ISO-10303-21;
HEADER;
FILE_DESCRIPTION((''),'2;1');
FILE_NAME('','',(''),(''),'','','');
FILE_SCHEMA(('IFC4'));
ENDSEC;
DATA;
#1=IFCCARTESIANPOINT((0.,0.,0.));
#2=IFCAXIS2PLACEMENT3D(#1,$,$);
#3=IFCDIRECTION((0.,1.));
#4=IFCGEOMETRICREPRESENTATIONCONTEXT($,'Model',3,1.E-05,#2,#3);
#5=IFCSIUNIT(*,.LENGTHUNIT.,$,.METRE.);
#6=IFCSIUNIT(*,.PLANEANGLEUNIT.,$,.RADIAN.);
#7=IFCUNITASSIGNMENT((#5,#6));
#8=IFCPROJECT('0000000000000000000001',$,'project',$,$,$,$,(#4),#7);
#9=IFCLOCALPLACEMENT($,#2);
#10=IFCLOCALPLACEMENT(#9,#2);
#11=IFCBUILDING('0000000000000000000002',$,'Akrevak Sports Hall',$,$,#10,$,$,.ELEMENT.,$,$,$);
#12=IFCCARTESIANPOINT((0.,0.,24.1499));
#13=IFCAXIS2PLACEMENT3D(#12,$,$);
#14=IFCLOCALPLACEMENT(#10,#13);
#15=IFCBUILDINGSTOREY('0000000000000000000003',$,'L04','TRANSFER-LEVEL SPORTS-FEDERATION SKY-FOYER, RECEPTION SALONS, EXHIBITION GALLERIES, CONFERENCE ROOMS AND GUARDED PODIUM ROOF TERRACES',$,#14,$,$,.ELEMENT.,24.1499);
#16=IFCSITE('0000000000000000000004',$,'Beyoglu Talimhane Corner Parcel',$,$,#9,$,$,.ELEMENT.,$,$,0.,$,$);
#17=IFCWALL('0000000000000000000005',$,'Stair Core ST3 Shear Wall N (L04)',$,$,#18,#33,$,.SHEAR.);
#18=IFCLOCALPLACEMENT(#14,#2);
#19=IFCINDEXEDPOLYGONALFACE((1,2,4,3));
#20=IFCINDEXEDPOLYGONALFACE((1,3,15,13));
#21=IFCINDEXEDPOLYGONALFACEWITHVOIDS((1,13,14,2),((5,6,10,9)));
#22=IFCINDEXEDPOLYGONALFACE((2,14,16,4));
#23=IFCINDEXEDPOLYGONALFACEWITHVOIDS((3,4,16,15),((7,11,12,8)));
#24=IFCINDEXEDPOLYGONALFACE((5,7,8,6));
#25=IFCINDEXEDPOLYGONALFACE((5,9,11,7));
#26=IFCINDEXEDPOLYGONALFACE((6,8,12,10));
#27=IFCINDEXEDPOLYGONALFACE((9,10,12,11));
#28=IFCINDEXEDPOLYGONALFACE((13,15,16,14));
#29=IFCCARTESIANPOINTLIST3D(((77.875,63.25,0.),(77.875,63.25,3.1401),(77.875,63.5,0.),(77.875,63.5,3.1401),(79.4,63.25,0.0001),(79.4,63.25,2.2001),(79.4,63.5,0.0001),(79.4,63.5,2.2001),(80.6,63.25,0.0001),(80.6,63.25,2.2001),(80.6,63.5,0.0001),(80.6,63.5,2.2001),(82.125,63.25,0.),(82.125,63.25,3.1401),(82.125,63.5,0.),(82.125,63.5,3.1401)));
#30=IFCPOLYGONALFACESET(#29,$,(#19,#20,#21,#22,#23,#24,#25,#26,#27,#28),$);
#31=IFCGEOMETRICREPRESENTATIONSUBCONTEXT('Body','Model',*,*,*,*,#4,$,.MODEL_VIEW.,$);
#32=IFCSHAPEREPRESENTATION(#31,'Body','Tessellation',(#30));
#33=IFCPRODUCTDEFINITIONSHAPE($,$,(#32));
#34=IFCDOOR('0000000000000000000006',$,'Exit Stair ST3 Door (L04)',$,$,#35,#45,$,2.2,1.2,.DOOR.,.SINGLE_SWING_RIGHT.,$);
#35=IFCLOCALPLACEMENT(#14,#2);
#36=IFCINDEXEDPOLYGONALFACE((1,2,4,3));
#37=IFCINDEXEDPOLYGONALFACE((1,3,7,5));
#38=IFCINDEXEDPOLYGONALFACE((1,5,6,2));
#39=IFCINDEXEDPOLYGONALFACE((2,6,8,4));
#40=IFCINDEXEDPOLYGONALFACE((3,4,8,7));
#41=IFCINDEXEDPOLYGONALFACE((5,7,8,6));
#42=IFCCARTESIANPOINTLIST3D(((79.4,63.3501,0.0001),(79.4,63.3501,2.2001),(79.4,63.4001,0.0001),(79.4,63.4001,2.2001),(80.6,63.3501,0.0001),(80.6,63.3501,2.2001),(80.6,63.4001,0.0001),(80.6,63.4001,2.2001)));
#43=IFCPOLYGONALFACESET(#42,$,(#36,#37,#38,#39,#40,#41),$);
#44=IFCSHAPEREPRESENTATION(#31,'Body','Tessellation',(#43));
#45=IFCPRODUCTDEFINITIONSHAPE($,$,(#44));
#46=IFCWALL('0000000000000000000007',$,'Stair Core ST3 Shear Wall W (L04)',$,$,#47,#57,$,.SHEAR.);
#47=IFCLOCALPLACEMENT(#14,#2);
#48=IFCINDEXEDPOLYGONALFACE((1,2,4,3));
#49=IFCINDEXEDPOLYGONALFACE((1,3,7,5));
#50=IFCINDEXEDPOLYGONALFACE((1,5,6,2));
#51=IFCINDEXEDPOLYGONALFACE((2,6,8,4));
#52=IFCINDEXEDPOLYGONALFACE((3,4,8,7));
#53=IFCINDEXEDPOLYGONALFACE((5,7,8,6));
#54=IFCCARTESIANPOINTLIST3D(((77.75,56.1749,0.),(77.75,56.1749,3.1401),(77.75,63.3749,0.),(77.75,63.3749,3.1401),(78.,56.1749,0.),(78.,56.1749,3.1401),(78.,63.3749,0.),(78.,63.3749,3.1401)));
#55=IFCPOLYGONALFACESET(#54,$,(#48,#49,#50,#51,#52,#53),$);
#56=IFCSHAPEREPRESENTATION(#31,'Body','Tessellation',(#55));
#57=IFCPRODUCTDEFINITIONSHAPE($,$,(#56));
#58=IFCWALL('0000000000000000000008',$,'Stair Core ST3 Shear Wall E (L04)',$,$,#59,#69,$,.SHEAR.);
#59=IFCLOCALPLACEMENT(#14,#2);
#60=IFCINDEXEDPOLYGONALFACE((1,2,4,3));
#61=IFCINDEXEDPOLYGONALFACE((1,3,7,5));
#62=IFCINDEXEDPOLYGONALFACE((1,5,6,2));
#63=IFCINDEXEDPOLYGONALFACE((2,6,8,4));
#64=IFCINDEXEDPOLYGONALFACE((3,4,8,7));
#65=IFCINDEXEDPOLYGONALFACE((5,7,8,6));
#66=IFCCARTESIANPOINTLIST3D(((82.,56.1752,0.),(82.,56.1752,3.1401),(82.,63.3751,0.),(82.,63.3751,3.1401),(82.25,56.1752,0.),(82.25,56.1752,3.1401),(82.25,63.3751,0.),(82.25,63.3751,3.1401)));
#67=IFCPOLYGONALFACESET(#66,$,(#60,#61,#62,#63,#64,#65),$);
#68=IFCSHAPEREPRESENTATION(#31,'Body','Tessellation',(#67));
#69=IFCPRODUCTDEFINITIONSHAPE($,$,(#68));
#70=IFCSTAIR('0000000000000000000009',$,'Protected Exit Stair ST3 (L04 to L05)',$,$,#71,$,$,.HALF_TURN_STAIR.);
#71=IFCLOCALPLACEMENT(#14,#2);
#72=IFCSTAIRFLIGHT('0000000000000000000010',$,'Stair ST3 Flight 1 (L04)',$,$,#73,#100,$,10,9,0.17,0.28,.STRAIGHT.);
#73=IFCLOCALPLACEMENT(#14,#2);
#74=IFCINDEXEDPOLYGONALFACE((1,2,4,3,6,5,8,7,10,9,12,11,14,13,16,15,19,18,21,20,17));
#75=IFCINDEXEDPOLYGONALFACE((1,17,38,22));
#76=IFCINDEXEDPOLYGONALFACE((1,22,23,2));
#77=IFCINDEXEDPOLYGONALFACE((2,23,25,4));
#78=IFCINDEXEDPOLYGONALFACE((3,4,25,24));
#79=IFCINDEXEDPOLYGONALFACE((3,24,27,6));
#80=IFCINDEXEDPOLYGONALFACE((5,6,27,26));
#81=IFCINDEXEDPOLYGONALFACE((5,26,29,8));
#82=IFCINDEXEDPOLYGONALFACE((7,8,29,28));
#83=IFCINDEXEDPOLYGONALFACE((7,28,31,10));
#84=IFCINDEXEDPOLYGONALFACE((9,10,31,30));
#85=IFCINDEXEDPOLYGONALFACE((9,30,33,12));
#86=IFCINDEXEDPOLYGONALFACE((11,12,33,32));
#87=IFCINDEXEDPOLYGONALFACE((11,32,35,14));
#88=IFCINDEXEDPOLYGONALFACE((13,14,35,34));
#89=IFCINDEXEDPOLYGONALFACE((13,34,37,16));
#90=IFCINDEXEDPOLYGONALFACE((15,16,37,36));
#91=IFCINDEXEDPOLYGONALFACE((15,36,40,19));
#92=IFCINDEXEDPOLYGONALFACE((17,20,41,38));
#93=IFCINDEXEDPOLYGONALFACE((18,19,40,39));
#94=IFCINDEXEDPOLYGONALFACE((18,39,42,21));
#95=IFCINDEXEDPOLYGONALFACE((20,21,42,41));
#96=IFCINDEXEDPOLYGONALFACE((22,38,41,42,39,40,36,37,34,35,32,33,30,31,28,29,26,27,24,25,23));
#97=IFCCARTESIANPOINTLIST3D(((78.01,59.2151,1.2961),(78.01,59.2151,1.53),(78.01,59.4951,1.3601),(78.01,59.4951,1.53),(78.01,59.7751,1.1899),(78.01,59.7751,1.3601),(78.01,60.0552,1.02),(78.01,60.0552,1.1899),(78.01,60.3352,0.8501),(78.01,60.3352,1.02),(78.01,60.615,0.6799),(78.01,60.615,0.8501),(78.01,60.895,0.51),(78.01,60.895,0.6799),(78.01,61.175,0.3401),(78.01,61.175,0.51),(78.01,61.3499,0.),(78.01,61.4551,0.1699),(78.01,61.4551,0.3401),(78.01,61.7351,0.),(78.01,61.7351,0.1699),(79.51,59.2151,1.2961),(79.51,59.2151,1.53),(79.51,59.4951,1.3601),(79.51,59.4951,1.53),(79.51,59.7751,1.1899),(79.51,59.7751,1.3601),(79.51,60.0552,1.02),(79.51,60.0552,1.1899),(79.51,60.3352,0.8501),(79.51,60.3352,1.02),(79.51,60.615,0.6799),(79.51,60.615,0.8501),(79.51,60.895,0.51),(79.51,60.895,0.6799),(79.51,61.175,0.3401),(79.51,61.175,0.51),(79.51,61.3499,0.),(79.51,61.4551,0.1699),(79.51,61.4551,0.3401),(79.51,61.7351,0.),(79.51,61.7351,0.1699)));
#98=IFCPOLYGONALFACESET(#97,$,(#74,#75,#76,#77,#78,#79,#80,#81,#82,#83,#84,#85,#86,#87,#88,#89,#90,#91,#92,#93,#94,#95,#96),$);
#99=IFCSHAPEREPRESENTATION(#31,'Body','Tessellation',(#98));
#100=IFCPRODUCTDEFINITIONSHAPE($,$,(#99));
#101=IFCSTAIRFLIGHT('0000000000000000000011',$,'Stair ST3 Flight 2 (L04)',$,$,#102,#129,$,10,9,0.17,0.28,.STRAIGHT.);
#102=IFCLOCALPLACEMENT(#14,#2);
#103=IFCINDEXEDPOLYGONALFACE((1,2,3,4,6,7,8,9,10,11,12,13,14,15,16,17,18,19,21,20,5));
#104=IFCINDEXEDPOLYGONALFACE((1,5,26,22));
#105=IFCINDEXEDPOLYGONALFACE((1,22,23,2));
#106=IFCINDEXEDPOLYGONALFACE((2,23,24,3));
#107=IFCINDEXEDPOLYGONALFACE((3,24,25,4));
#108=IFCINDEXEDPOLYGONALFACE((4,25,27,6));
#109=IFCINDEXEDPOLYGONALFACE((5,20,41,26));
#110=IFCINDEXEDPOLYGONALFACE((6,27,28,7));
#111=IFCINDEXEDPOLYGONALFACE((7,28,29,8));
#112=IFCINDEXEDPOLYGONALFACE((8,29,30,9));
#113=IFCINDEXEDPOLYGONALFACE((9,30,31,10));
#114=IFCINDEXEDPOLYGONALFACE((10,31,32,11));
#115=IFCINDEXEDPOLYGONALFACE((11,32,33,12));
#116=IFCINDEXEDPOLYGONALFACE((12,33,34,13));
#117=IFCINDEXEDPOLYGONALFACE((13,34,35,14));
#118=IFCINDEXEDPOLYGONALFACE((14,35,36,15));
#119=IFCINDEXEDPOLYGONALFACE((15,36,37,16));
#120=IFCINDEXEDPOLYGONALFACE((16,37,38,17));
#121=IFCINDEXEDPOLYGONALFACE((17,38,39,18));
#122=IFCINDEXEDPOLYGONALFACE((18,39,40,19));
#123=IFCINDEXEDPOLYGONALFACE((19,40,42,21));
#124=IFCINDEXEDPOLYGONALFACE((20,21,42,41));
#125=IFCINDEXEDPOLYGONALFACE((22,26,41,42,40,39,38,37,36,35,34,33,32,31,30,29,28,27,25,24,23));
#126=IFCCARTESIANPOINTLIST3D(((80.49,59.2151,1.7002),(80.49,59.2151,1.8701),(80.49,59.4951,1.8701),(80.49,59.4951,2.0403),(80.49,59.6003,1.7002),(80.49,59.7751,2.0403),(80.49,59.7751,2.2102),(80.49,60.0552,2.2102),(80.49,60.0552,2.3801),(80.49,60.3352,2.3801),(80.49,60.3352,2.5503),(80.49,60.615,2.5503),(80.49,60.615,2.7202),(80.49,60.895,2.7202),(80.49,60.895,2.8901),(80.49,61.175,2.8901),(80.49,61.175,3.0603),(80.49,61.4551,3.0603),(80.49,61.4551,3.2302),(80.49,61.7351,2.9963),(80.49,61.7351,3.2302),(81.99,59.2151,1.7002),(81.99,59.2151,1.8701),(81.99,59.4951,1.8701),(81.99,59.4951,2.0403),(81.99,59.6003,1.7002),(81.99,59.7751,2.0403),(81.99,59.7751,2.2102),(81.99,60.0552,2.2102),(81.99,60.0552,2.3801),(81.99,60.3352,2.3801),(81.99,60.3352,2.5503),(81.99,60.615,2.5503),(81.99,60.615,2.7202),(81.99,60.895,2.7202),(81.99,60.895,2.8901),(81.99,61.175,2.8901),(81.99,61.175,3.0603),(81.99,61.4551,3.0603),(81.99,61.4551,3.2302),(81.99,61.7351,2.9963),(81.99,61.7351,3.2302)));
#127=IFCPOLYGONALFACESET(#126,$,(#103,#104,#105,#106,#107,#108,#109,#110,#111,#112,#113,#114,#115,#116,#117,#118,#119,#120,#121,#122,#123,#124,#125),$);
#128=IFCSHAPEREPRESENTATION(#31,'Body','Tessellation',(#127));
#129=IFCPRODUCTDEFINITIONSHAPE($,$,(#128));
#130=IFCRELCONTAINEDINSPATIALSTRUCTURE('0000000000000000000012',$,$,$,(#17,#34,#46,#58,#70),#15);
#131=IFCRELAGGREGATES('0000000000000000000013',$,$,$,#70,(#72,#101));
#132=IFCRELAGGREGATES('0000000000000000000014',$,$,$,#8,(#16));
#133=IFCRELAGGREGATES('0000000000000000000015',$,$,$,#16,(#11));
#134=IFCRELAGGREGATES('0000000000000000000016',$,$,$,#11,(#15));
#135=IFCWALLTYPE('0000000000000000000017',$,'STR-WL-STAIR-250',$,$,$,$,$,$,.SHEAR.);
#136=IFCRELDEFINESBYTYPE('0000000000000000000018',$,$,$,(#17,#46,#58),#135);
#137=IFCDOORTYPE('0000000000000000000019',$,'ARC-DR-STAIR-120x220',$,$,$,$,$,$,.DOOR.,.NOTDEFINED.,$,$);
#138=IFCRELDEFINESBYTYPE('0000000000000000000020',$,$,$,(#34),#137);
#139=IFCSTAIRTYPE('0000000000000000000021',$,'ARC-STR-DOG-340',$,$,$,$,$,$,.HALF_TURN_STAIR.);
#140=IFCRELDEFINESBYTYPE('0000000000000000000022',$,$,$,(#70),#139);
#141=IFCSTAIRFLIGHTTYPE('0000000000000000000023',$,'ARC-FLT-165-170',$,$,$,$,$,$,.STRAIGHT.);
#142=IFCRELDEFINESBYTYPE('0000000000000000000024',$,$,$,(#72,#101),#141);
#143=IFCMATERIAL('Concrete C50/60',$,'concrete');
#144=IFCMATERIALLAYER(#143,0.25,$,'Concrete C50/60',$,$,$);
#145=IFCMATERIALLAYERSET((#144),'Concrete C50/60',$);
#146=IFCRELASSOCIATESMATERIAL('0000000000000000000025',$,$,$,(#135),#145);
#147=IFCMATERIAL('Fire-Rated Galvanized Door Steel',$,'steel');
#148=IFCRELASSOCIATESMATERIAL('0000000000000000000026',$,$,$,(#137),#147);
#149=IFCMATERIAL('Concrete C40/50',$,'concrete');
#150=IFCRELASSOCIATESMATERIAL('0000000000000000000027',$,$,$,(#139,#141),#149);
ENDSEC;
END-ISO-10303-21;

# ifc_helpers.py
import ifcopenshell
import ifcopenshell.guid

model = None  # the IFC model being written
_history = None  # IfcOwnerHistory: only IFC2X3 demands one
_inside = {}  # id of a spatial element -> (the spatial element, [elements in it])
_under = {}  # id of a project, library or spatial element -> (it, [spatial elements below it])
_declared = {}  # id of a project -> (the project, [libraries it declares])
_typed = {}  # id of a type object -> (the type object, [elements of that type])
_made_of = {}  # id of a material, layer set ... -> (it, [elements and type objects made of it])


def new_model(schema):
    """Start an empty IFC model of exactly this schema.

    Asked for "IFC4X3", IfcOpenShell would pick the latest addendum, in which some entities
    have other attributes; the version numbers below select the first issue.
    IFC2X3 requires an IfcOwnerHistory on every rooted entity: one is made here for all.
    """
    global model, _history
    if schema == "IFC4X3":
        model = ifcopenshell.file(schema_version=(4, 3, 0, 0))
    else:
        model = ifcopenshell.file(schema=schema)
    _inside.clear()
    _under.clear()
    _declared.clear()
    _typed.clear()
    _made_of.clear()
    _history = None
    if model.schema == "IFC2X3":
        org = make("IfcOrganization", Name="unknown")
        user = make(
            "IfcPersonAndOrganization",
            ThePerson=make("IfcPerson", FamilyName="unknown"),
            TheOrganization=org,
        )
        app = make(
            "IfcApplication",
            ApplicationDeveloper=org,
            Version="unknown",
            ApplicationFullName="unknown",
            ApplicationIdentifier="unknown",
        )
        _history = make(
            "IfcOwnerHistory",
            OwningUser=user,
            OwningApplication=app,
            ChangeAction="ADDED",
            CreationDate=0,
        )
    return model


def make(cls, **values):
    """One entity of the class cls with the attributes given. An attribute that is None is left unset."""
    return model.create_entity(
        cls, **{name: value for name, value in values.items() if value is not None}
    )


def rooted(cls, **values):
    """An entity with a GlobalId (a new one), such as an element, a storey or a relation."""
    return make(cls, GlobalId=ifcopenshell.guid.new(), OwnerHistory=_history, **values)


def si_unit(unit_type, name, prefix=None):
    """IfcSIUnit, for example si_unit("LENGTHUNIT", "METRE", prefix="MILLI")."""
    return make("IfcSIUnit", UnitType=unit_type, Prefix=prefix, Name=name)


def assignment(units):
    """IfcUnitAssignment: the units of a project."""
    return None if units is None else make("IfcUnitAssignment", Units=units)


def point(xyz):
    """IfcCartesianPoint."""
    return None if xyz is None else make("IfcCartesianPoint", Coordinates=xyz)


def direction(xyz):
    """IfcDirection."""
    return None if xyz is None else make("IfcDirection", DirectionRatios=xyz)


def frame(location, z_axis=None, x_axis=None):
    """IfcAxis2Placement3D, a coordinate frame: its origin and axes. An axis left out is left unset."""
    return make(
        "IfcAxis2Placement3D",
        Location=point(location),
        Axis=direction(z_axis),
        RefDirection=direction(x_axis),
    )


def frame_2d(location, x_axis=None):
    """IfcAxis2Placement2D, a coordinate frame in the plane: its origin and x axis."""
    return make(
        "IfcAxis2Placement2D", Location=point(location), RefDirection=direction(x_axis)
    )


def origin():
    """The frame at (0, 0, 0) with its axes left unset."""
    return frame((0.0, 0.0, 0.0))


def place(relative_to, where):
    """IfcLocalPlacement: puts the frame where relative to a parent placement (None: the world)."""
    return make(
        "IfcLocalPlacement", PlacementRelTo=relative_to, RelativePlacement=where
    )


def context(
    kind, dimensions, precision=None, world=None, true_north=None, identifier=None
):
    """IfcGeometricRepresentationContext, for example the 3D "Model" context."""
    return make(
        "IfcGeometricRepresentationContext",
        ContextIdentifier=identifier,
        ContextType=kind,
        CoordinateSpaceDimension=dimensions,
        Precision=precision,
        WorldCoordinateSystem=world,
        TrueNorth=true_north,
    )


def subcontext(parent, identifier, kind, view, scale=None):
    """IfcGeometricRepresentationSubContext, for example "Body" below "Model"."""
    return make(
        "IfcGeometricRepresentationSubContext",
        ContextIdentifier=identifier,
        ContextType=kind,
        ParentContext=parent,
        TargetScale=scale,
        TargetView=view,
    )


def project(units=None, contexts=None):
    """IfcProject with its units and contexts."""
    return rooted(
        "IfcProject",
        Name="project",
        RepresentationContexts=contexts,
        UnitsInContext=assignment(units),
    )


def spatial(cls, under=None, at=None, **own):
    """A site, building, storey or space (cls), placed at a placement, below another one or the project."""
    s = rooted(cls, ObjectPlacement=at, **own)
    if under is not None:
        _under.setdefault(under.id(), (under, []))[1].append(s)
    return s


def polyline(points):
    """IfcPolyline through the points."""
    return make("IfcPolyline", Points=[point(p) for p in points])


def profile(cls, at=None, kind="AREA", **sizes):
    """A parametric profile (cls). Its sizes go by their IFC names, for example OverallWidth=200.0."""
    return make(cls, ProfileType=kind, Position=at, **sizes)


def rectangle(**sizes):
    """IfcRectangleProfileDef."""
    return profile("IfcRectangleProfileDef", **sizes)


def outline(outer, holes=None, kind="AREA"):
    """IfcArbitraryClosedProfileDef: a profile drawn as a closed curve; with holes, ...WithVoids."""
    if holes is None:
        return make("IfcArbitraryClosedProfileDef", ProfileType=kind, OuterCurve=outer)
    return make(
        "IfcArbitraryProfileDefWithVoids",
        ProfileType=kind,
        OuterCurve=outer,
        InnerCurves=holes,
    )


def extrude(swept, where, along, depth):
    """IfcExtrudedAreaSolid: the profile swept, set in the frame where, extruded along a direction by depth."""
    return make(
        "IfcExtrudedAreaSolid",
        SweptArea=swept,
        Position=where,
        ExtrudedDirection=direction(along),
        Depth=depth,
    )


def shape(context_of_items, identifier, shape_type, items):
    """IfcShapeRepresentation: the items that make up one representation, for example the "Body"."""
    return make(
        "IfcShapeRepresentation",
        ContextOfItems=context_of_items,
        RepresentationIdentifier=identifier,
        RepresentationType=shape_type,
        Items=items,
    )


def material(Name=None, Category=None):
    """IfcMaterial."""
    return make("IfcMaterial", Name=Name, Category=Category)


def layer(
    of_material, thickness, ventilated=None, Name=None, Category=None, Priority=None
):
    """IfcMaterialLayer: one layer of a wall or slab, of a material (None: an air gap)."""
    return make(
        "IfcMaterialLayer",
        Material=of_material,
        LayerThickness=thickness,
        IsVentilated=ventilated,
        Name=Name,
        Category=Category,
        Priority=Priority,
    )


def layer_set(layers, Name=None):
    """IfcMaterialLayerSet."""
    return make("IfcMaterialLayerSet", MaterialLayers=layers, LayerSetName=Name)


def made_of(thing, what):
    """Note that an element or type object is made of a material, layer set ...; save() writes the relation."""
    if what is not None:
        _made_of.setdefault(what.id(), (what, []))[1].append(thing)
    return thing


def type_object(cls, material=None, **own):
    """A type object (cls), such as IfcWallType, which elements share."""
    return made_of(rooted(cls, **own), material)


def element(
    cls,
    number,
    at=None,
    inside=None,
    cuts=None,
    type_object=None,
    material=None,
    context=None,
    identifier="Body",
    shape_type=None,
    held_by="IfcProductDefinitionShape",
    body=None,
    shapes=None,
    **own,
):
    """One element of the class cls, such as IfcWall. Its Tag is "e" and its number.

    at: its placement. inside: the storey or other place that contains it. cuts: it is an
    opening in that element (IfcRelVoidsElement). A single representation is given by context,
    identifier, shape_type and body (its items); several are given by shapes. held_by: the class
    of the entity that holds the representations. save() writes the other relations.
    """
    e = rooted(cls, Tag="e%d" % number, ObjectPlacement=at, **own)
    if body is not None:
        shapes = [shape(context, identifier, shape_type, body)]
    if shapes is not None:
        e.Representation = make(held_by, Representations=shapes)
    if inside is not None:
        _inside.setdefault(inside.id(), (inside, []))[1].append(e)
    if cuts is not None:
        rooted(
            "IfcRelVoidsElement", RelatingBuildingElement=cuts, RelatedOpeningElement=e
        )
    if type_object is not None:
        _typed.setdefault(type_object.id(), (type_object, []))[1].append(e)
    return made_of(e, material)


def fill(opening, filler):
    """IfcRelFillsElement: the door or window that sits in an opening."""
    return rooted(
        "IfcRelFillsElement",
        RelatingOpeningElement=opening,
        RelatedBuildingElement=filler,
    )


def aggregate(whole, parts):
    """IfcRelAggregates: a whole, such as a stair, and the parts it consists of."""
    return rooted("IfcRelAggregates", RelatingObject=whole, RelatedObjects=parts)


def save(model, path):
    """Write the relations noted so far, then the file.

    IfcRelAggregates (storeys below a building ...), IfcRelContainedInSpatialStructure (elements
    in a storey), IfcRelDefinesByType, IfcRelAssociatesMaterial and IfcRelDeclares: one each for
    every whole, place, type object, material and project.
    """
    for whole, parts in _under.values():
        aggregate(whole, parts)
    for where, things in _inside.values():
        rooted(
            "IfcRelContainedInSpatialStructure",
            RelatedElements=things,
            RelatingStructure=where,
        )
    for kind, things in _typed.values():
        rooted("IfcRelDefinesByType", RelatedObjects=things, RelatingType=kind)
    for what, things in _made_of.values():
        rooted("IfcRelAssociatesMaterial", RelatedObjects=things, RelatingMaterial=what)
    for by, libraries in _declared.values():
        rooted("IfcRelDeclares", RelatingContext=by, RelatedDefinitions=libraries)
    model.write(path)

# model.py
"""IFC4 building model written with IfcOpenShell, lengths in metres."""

from ifc_helpers import new_model, si_unit, direction, frame, frame_2d, origin, place, context, subcontext, project, spatial, polyline, rectangle, outline, extrude, material, layer, layer_set, type_object, element, fill, aggregate, save


model = new_model("IFC4")

# Units and contexts
model_context = context("Model", 3, precision=1e-05, world=origin(), true_north=direction((0.0, 1.0)))
body_context = subcontext(model_context, "Body", "Model", "MODEL_VIEW")
ifc_project = project(units=[si_unit("LENGTHUNIT", "METRE"), si_unit("PLANEANGLEUNIT", "RADIAN")], contexts=[model_context])

# Site, building, storey
site_placement = place(None, origin())
site = spatial("IfcSite", under=ifc_project, at=site_placement, Name="Beyoglu Talimhane Corner Parcel", CompositionType="ELEMENT", RefElevation=0.0)
building_placement = place(site_placement, origin())
building = spatial("IfcBuilding", under=site, at=building_placement, Name="Akrevak Sports Hall", CompositionType="ELEMENT")
storey_placement = place(building_placement, frame((0.0, 0.0, 24.1499)))
storey = spatial("IfcBuildingStorey", under=building, at=storey_placement, Name="L04", Description="TRANSFER-LEVEL SPORTS-FEDERATION SKY-FOYER, RECEPTION SALONS, EXHIBITION GALLERIES, CONFERENCE ROOMS AND GUARDED PODIUM ROOF TERRACES", CompositionType="ELEMENT", Elevation=24.1499)

# Shared definitions
ifc_material_1 = material(Name="Concrete C50/60", Category="concrete")
ifc_material_2 = material(Name="Concrete C40/50", Category="concrete")

# Shared definitions
ifc_layer_1 = layer(ifc_material_1, 0.25, Name="Concrete C50/60")
ifc_layer_set_1 = layer_set([ifc_layer_1], Name="Concrete C50/60")
wall_type_1 = type_object("IfcWallType", Name="STR-WL-STAIR-250", PredefinedType="SHEAR", material=ifc_layer_set_1)

# Wall, opening, door
wall_1_placement = place(storey_placement, frame((82.125, 63.375, 0.0), z_axis=(0.0, 0.0, 1.0), x_axis=(-1.0, 0.0, 0.0)))
wall_1 = element("IfcWall", 1, at=wall_1_placement, inside=storey, type_object=wall_type_1, Name="Stair Core ST3 Shear Wall N (L04)", PredefinedType="SHEAR", context=body_context, shape_type="SweptSolid", body=[
    extrude(rectangle(XDim=4.25, YDim=0.25, at=frame_2d((2.125, 0.0))), origin(), (0.0, 0.0, 1.0), 3.1401),
])
opening_placement = place(wall_1_placement, frame((1.5249, 0.0, 0.0)))
opening = element("IfcOpeningElement", 2, at=opening_placement, cuts=wall_1, PredefinedType="OPENING", context=body_context, shape_type="SweptSolid", body=[
    extrude(rectangle(XDim=1.2, YDim=2.2, at=frame_2d((0.6001, 1.1001))), frame((0.0, 0.137, 0.0), z_axis=(0.0, -1.0, 0.0), x_axis=(1.0, 0.0, 0.0)), (0.0, 0.0, 1.0), 0.2739),
])
ifc_material_3 = material(Name="Fire-Rated Galvanized Door Steel", Category="steel")
door_type = type_object("IfcDoorType", Name="ARC-DR-STAIR-120x220", OperationType="NOTDEFINED", PredefinedType="DOOR", material=ifc_material_3)
door_placement = place(opening_placement, origin())
door = element("IfcDoor", 3, at=door_placement, inside=storey, type_object=door_type, Name="Exit Stair ST3 Door (L04)", OperationType="SINGLE_SWING_RIGHT", OverallHeight=2.2, OverallWidth=1.2, PredefinedType="DOOR", context=body_context, shape_type="SweptSolid", body=[
    extrude(rectangle(XDim=1.2, YDim=2.2, at=frame_2d((0.6001, 1.1001))), frame((0.0, 0.0249, 0.0), z_axis=(0.0, -1.0, 0.0), x_axis=(1.0, 0.0, 0.0)), (0.0, 0.0, 1.0), 0.05),
])
fill(opening, door)

# Walls
for number, where, z_axis, x_axis, name in (
    (4, (77.875, 63.375, 0.0), (0.0, 0.0, 1.0), (0.0, -1.0, 0.0), "Stair Core ST3 Shear Wall W (L04)"),
    (5, (82.125, 56.175, 0.0), (0.0, 0.0, 1.0), (0.0, 1.0, 0.0), "Stair Core ST3 Shear Wall E (L04)"),
):
    element("IfcWall", number, at=place(storey_placement, frame(where, z_axis=z_axis, x_axis=x_axis)), inside=storey, type_object=wall_type_1, Name=name, PredefinedType="SHEAR", context=body_context, shape_type="SweptSolid", body=[
        extrude(rectangle(XDim=7.2, YDim=0.25, at=frame_2d((3.6001, 0.0))), origin(), (0.0, 0.0, 1.0), 3.1401),
    ])

# Stair, stair flights
stair_type = type_object("IfcStairType", Name="ARC-STR-DOG-340", PredefinedType="HALF_TURN_STAIR", material=ifc_material_2)
stair_placement = place(storey_placement, origin())
stair = element("IfcStair", 6, at=stair_placement, inside=storey, type_object=stair_type, Name="Protected Exit Stair ST3 (L04 to L05)", PredefinedType="HALF_TURN_STAIR")
stair_flight_type = type_object("IfcStairFlightType", Name="ARC-FLT-165-170", PredefinedType="STRAIGHT", material=ifc_material_2)
stair_flight_1_placement = place(storey_placement, frame((78.76, 61.7351, 0.0), z_axis=(0.0, 0.0, 1.0), x_axis=(0.0, -1.0, 0.0)))
stair_flight_1 = element("IfcStairFlight", 7, at=stair_flight_1_placement, type_object=stair_flight_type, Name="Stair ST3 Flight 1 (L04)", NumberOfRisers=10, NumberOfTreads=9, PredefinedType="STRAIGHT", RiserHeight=0.17, TreadLength=0.28, context=body_context, shape_type="SweptSolid", body=[
    extrude(outline(polyline([(0.0, 0.0), (0.0, 0.1699), (0.28, 0.1699), (0.28, 0.3401), (0.5601, 0.3401), (0.5601, 0.51), (0.8401, 0.51), (0.8401, 0.6799), (1.1201, 0.6799), (1.1201, 0.8501), (1.3999, 0.8501), (1.3999, 1.02), (1.6799, 1.02), (1.6799, 1.1899), (1.96, 1.1899), (1.96, 1.3601), (2.24, 1.3601), (2.24, 1.53), (2.52, 1.53), (2.52, 1.7), (2.52, 1.2961), (0.3853, 0.0), (0.0, 0.0)])), frame((0.0, 0.75, 0.0), z_axis=(0.0, -1.0, 0.0), x_axis=(1.0, 0.0, 0.0)), (0.0, 0.0, 1.0), 1.5),
])
stair_flight_2_placement = place(storey_placement, frame((81.24, 59.2151, 1.7002), z_axis=(0.0, 0.0, 1.0), x_axis=(0.0, 1.0, 0.0)))
stair_flight_2 = element("IfcStairFlight", 8, at=stair_flight_2_placement, type_object=stair_flight_type, Name="Stair ST3 Flight 2 (L04)", NumberOfRisers=10, NumberOfTreads=9, PredefinedType="STRAIGHT", RiserHeight=0.17, TreadLength=0.28, context=body_context, shape_type="SweptSolid", body=[
    extrude(outline(polyline([(0.0, 0.0), (0.0, 0.1699), (0.28, 0.1699), (0.28, 0.3401), (0.5601, 0.3401), (0.5601, 0.51), (0.8401, 0.51), (0.8401, 0.6799), (1.1201, 0.6799), (1.1201, 0.8501), (1.3999, 0.8501), (1.3999, 1.02), (1.6799, 1.02), (1.6799, 1.1899), (1.96, 1.1899), (1.96, 1.3601), (2.24, 1.3601), (2.24, 1.53), (2.52, 1.53), (2.52, 1.7), (2.52, 1.2961), (0.3853, 0.0), (0.0, 0.0)])), frame((0.0, 0.75, 0.0), z_axis=(0.0, -1.0, 0.0), x_axis=(1.0, 0.0, 0.0)), (0.0, 0.0, 1.0), 1.5),
])
aggregate(stair, [stair_flight_1, stair_flight_2])

save(model, "model.ifc")
